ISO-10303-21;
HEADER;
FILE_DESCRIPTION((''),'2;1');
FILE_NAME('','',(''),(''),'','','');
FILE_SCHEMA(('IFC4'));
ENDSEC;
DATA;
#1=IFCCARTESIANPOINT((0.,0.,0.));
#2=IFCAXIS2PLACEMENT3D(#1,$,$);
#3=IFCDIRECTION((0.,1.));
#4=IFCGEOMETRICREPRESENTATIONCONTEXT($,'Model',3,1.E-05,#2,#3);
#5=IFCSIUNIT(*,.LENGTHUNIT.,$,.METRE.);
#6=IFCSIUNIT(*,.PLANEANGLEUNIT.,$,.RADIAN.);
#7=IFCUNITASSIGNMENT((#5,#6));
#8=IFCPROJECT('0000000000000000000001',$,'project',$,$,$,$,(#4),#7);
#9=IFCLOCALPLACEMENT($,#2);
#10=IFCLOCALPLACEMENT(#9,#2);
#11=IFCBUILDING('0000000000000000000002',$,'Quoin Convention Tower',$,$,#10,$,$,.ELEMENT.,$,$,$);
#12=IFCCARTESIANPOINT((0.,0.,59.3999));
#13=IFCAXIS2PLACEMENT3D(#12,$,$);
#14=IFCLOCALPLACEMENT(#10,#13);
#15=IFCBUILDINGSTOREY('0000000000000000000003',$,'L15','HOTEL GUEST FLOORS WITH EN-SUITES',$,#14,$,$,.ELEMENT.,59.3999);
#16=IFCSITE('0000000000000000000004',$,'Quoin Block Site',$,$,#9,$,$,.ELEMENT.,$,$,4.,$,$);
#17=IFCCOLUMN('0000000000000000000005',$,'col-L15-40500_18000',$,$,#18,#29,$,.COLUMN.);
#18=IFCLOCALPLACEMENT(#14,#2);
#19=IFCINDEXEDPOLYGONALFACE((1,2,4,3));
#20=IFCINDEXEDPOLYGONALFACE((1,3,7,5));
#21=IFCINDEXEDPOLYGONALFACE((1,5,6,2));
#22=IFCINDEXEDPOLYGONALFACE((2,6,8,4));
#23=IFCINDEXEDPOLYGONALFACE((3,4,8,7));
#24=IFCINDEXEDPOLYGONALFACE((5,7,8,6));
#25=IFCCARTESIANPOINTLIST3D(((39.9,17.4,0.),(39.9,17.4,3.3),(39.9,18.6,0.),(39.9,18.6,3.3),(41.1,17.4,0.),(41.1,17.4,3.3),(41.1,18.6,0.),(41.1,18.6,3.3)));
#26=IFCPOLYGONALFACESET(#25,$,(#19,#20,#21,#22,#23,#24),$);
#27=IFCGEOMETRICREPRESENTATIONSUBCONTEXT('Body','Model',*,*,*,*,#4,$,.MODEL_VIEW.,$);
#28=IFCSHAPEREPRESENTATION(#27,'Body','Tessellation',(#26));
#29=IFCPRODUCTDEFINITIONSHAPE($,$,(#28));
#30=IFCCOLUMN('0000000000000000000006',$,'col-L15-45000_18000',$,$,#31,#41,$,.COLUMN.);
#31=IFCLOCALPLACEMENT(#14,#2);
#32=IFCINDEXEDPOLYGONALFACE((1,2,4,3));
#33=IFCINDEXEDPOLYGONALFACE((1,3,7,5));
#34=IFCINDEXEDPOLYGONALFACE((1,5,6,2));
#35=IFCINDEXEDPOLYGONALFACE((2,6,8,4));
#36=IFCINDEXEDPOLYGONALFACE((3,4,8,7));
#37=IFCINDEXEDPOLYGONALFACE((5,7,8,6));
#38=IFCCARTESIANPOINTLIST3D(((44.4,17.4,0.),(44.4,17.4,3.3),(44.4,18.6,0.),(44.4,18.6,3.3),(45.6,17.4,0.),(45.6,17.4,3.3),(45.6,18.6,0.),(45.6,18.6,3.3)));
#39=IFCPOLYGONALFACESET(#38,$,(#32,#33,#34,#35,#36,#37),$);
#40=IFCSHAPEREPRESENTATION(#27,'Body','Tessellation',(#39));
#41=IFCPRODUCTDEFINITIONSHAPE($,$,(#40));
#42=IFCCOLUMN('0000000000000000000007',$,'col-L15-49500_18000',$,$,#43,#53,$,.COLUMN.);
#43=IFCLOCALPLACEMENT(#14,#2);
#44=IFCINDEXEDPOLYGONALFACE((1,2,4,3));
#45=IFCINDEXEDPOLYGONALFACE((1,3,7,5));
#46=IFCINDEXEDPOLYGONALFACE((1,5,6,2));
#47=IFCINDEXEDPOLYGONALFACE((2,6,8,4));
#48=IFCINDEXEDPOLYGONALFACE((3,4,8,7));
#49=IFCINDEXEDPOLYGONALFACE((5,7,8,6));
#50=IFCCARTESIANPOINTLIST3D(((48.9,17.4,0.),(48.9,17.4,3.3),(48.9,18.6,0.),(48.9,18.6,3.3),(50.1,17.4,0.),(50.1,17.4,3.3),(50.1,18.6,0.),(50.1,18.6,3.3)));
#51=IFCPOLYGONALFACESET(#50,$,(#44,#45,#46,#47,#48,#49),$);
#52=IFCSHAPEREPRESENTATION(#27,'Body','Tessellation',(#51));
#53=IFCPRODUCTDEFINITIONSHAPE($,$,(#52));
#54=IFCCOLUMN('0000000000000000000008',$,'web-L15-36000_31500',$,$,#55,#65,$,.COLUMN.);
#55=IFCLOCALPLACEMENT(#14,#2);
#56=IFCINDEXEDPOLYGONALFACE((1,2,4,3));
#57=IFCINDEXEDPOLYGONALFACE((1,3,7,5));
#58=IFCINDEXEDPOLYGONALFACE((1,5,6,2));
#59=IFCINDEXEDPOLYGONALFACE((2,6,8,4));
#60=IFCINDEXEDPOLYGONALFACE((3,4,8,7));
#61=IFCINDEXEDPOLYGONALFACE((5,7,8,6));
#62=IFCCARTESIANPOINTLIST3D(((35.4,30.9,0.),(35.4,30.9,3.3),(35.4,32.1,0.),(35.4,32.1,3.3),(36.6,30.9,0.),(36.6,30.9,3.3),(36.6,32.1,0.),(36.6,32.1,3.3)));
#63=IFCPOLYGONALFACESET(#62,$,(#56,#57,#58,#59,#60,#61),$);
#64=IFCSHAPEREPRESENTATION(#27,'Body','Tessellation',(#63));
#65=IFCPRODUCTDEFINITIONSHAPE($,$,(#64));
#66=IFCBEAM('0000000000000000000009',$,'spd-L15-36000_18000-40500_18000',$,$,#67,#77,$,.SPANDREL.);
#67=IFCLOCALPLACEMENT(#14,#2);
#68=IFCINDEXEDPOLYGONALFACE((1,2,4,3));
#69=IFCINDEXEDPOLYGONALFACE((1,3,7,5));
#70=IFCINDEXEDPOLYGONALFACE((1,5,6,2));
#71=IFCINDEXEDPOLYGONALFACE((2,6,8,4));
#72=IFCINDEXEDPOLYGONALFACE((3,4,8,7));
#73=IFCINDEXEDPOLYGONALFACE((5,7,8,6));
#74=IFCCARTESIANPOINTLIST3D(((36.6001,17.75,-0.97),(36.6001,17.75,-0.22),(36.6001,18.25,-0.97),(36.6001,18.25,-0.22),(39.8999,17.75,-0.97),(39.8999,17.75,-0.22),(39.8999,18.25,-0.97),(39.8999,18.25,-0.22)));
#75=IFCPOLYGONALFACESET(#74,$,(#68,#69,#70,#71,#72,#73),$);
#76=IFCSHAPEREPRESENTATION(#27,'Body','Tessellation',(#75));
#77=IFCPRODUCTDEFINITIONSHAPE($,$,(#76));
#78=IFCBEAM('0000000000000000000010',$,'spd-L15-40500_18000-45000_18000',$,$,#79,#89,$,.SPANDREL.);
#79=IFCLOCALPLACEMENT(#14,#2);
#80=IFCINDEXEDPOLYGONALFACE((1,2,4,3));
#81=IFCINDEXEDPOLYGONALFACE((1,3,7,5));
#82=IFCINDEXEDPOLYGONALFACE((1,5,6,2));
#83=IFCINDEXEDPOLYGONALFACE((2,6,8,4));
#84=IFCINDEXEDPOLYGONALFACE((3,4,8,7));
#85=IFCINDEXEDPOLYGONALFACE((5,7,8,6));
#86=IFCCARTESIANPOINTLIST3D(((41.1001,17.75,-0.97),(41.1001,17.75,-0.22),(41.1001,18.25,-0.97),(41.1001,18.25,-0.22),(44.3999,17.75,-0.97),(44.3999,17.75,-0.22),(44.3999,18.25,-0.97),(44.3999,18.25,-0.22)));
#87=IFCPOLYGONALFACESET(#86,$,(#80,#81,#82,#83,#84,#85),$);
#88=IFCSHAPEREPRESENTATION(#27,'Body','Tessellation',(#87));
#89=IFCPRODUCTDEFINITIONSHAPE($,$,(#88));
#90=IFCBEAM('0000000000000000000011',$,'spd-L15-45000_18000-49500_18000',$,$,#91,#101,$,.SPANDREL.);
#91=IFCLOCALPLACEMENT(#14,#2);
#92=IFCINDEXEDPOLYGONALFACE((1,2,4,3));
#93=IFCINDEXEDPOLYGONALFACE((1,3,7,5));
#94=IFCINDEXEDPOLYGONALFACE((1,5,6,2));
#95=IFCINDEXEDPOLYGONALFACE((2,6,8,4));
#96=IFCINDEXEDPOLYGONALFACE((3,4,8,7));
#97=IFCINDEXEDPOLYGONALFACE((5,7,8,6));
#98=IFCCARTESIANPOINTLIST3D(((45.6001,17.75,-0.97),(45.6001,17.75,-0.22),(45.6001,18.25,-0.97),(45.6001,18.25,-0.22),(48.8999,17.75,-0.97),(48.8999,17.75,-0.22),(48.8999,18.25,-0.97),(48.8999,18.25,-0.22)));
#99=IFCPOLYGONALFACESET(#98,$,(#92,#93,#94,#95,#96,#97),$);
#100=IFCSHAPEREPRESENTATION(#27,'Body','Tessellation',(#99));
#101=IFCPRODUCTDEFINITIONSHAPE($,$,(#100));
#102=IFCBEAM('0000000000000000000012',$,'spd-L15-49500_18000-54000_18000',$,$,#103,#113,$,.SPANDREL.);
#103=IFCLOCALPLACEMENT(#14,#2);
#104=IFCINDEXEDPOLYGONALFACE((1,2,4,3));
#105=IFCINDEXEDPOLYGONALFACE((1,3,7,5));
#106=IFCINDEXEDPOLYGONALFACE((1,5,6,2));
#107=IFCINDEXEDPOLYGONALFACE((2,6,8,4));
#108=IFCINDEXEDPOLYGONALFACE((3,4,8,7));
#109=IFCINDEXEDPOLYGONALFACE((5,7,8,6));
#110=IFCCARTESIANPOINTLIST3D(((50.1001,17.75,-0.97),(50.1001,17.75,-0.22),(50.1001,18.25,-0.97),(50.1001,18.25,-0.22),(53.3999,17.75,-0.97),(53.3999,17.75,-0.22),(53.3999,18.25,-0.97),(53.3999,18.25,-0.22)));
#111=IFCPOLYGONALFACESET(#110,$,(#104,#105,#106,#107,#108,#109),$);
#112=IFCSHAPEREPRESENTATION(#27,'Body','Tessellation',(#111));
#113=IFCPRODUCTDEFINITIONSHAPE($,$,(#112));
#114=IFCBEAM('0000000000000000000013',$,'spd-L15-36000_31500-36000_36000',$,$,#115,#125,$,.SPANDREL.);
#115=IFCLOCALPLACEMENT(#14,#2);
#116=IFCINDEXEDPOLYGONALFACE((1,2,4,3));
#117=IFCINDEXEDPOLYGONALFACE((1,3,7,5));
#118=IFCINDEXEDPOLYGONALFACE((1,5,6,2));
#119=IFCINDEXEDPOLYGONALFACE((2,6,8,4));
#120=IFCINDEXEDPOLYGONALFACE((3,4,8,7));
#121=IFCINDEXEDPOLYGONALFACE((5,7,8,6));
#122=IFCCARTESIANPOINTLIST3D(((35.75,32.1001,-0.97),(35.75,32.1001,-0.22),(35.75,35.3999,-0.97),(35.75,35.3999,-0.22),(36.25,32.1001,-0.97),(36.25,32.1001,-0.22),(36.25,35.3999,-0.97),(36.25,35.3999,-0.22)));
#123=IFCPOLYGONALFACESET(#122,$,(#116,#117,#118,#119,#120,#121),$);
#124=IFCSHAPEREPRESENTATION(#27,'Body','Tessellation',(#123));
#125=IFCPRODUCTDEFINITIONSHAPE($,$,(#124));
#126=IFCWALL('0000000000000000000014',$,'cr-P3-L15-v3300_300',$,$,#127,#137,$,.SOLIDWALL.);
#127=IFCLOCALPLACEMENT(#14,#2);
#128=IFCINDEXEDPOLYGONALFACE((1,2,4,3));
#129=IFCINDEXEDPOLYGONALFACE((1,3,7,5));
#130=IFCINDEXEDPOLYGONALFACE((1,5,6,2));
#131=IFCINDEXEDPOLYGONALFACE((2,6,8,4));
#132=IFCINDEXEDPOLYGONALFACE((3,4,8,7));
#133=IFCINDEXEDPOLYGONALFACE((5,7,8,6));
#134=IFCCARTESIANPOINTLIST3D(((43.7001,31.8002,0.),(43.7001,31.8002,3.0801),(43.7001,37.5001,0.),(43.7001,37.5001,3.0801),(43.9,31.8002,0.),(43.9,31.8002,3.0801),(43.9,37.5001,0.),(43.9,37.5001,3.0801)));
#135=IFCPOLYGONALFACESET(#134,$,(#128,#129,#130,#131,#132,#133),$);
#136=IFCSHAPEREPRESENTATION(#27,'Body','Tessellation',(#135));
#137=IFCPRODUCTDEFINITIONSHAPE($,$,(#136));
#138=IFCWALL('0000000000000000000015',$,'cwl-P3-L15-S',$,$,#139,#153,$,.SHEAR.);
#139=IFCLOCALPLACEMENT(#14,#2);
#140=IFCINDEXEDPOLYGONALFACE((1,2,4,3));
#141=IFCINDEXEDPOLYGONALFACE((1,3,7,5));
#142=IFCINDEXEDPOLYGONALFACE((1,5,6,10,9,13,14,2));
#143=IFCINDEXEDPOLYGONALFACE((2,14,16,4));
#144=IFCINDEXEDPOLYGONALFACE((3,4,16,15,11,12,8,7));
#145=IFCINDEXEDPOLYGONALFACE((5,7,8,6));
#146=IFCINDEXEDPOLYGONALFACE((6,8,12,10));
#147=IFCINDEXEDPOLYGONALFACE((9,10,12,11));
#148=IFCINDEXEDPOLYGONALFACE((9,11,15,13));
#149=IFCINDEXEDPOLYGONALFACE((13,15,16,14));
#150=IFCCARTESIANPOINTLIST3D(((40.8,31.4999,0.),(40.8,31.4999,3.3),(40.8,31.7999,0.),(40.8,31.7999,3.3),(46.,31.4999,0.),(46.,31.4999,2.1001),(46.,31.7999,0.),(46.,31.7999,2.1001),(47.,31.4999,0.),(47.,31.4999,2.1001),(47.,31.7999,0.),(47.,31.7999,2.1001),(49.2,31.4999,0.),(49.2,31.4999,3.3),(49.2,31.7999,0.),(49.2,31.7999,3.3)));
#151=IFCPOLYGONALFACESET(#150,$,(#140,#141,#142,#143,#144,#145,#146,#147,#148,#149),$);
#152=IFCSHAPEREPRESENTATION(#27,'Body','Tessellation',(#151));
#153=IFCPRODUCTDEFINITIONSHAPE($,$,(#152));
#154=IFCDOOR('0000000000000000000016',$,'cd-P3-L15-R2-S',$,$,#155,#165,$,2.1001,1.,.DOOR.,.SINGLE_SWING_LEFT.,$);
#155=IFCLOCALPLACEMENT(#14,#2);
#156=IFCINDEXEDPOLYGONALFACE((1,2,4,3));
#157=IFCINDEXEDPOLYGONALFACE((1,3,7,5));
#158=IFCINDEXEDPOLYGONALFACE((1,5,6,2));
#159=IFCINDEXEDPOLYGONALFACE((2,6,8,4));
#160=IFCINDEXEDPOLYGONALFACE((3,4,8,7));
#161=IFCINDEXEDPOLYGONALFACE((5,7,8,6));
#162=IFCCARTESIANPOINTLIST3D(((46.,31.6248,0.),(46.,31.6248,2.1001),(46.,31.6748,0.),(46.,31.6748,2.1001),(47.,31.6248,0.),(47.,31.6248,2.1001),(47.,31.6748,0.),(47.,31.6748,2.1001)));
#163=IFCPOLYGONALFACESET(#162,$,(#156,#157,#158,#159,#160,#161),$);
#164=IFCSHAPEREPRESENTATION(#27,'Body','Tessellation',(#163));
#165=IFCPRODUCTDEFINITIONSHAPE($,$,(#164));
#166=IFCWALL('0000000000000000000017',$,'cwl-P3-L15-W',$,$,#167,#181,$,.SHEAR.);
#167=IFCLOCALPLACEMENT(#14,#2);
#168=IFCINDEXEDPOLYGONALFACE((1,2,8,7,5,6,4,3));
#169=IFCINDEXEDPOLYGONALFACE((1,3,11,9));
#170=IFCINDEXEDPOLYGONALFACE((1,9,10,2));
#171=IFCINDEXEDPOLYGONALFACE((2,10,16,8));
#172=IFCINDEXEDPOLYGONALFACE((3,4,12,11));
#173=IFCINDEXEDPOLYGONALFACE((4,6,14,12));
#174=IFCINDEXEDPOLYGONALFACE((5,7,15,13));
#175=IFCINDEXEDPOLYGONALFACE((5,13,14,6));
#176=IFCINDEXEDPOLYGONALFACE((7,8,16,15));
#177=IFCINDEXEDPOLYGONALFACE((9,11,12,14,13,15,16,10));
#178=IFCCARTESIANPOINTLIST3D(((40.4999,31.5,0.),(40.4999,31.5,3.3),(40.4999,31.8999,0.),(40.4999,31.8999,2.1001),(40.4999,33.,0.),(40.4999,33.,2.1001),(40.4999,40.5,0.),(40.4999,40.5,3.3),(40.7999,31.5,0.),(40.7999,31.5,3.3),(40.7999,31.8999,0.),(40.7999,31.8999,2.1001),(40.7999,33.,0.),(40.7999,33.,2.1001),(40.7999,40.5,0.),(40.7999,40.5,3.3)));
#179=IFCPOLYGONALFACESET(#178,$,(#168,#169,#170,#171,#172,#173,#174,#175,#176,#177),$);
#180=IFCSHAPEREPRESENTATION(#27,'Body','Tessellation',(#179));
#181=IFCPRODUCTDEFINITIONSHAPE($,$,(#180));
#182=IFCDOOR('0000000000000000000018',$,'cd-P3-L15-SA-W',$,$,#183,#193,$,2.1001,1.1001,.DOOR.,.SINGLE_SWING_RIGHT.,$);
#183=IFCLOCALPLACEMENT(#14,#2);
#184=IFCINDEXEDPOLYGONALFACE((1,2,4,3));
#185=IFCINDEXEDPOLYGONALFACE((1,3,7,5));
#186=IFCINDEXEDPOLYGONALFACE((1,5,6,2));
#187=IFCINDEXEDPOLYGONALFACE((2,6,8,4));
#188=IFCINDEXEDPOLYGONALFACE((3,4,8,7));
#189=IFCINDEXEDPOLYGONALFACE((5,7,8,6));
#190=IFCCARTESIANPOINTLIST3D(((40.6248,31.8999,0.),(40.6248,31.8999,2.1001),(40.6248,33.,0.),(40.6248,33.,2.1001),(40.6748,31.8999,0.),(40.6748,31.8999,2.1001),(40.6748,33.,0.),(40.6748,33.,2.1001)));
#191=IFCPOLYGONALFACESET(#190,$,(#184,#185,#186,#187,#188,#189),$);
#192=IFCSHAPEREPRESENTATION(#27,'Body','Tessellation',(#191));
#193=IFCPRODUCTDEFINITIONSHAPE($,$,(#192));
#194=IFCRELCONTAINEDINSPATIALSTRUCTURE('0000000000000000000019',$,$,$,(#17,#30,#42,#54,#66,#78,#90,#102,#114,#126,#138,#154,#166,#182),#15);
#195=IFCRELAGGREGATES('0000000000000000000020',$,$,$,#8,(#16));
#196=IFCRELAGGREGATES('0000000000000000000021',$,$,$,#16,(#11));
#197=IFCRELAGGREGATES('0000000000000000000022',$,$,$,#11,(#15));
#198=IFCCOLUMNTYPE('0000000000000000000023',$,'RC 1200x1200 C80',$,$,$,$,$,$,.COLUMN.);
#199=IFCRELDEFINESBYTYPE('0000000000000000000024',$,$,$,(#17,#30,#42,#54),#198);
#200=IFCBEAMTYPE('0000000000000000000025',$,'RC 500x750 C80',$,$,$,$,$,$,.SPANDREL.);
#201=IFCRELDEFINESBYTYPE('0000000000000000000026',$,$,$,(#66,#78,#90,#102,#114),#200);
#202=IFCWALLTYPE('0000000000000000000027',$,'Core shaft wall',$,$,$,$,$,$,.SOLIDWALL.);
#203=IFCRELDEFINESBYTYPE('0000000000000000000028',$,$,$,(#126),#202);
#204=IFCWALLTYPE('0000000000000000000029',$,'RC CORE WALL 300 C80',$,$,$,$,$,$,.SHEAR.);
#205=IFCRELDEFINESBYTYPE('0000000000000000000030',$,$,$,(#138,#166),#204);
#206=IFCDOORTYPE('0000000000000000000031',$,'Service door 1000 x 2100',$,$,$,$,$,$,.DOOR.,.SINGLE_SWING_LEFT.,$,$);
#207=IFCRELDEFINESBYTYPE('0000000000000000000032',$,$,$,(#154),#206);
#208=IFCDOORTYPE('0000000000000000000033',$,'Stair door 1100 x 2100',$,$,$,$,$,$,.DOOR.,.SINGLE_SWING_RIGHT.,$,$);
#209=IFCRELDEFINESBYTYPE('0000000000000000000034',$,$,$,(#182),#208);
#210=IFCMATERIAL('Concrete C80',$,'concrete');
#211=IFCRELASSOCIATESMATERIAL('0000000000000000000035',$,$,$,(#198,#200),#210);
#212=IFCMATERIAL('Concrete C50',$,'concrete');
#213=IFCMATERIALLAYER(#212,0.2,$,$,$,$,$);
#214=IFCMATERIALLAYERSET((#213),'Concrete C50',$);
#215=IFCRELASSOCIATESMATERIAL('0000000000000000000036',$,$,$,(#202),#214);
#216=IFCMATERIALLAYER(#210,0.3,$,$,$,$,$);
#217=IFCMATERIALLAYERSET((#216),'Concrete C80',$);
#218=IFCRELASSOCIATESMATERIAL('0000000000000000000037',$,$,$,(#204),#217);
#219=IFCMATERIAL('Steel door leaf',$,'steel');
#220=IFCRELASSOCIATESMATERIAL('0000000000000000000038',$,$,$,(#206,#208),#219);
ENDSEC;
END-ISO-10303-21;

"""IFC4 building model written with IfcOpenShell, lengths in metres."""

from ifc_helpers import new_model, si_unit, direction, frame, frame_2d, origin, origin_2d, place, context, subcontext, project, spatial, rectangle, extrude, material, layer, layer_set, material_profile, profile_set, type_object, element, fill, save


model = new_model("IFC4")

# Units and contexts
model_context = context("Model", 3, precision=1e-05, world=origin(), true_north=direction((0.0, 1.0)))
body_context = subcontext(model_context, "Body", "Model", "MODEL_VIEW")
ifc_project = project(units=[si_unit("LENGTHUNIT", "METRE"), si_unit("PLANEANGLEUNIT", "RADIAN")], contexts=[model_context])

# Site, building, storey
site_placement = place(None, origin())
site = spatial("IfcSite", under=ifc_project, at=site_placement, Name="Quoin Block Site", CompositionType="ELEMENT", RefElevation=4.0)
building_placement = place(site_placement, origin())
building = spatial("IfcBuilding", under=site, at=building_placement, Name="Quoin Convention Tower", CompositionType="ELEMENT")
storey_placement = place(building_placement, frame((0.0, 0.0, 59.3999)))
storey = spatial("IfcBuildingStorey", under=building, at=storey_placement, Name="L15", Description="HOTEL GUEST FLOORS WITH EN-SUITES", CompositionType="ELEMENT", Elevation=59.3999)

# Columns
ifc_material_1 = material(Name="Concrete C80", Category="concrete")
ifc_material_profile_1 = material_profile(ifc_material_1, rectangle(XDim=1.2, YDim=1.2, at=origin_2d()), Name="RC 1200x1200")
ifc_profile_set_1 = profile_set([ifc_material_profile_1], Name="Concrete C80")
column_type = type_object("IfcColumnType", Name="RC 1200x1200 C80", PredefinedType="COLUMN", material=ifc_profile_set_1)
for number, where, z_axis, x_axis, name in (
    (1, (40.5, 18.0, 0.0), (0.0, 0.0, 1.0), (1.0, 0.0, 0.0), "col-L15-40500_18000"),
    (2, (45.0, 18.0, 0.0), (0.0, 0.0, 1.0), (1.0, 0.0, 0.0), "col-L15-45000_18000"),
    (3, (49.5, 18.0, 0.0), (0.0, 0.0, 1.0), (1.0, 0.0, 0.0), "col-L15-49500_18000"),
    (4, (36.0, 31.5, 0.0), (0.0, 0.0, 1.0), (1.0, 0.0, 0.0), "web-L15-36000_31500"),
):
    element("IfcColumn", number, at=place(storey_placement, frame(where, z_axis=z_axis, x_axis=x_axis)), inside=storey, type_object=column_type, Name=name, PredefinedType="COLUMN", context=body_context, shape_type="SweptSolid", body=[
        extrude(rectangle(XDim=1.2, YDim=1.2, at=origin_2d()), origin(), (0.0, 0.0, 1.0), 3.3),
    ])

# Beams
ifc_material_profile_2 = material_profile(ifc_material_1, rectangle(XDim=0.5, YDim=0.75, at=origin_2d()), Name="RC 500x750")
ifc_profile_set_2 = profile_set([ifc_material_profile_2], Name="Concrete C80")
beam_type = type_object("IfcBeamType", Name="RC 500x750 C80", PredefinedType="SPANDREL", material=ifc_profile_set_2)
for number, where, z_axis, x_axis, name in (
    (5, (36.6001, 18.0, -0.595), (1.0, 0.0, 0.0), (0.0, 1.0, 0.0), "spd-L15-36000_18000-40500_18000"),
    (6, (41.1001, 18.0, -0.595), (1.0, 0.0, 0.0), (0.0, 1.0, 0.0), "spd-L15-40500_18000-45000_18000"),
    (7, (45.6001, 18.0, -0.595), (1.0, 0.0, 0.0), (0.0, 1.0, 0.0), "spd-L15-45000_18000-49500_18000"),
    (8, (50.1001, 18.0, -0.595), (1.0, 0.0, 0.0), (0.0, 1.0, 0.0), "spd-L15-49500_18000-54000_18000"),
    (9, (36.0, 32.1001, -0.595), (0.0, 1.0, 0.0), (-1.0, 0.0, 0.0), "spd-L15-36000_31500-36000_36000"),
):
    element("IfcBeam", number, at=place(storey_placement, frame(where, z_axis=z_axis, x_axis=x_axis)), inside=storey, type_object=beam_type, Name=name, PredefinedType="SPANDREL", context=body_context, shape_type="SweptSolid", body=[
        extrude(rectangle(XDim=0.5, YDim=0.75, at=origin_2d()), origin(), (0.0, 0.0, 1.0), 3.2998),
    ])

# Wall
ifc_material_2 = material(Name="Concrete C50", Category="concrete")
ifc_layer_1 = layer(ifc_material_2, 0.2)
ifc_layer_set_1 = layer_set([ifc_layer_1], Name="Concrete C50")
wall_type_1 = type_object("IfcWallType", Name="Core shaft wall", PredefinedType="SOLIDWALL", material=ifc_layer_set_1)
wall_1_placement = place(storey_placement, frame((43.8, 31.8, 0.0), z_axis=(0.0, 0.0, 1.0), x_axis=(0.0, 1.0, 0.0)))
element("IfcWall", 10, at=wall_1_placement, inside=storey, type_object=wall_type_1, Name="cr-P3-L15-v3300_300", PredefinedType="SOLIDWALL", context=body_context, shape_type="SweptSolid", body=[
    extrude(rectangle(XDim=5.7, YDim=0.2, at=frame_2d((2.8501, 0.0))), origin(), (0.0, 0.0, 1.0), 3.0801),
])

# Walls, openings, doors
ifc_layer_2 = layer(ifc_material_1, 0.3)
ifc_layer_set_2 = layer_set([ifc_layer_2], Name="Concrete C80")
wall_type_2 = type_object("IfcWallType", Name="RC CORE WALL 300 C80", PredefinedType="SHEAR", material=ifc_layer_set_2)
wall_2_placement = place(storey_placement, frame((40.8, 31.6499, 0.0), z_axis=(0.0, 0.0, 1.0), x_axis=(1.0, 0.0, 0.0)))
wall_2 = element("IfcWall", 11, at=wall_2_placement, inside=storey, type_object=wall_type_2, Name="cwl-P3-L15-S", PredefinedType="SHEAR", context=body_context, shape_type="SweptSolid", body=[
    extrude(rectangle(XDim=8.3999, YDim=0.3, at=frame_2d((4.2, 0.0))), origin(), (0.0, 0.0, 1.0), 3.3),
])
opening_1_placement = place(wall_2_placement, frame((5.2, 0.0, 0.0)))
opening_1 = element("IfcOpeningElement", 12, at=opening_1_placement, cuts=wall_2, PredefinedType="OPENING", context=body_context, shape_type="SweptSolid", body=[
    extrude(rectangle(XDim=1.0, YDim=2.1001, at=frame_2d((0.5, 1.05))), frame((0.0, 0.1599, 0.0), z_axis=(0.0, -1.0, 0.0), x_axis=(1.0, 0.0, 0.0)), (0.0, 0.0, 1.0), 0.3201),
])
ifc_material_3 = material(Name="Steel door leaf", Category="steel")
door_type_1 = type_object("IfcDoorType", Name="Service door 1000 x 2100", OperationType="SINGLE_SWING_LEFT", PredefinedType="DOOR", material=ifc_material_3)
door_1_placement = place(opening_1_placement, origin())
door_1 = element("IfcDoor", 13, at=door_1_placement, inside=storey, type_object=door_type_1, Name="cd-P3-L15-R2-S", OperationType="SINGLE_SWING_LEFT", OverallHeight=2.1001, OverallWidth=1.0, PredefinedType="DOOR", context=body_context, shape_type="SweptSolid", body=[
    extrude(rectangle(XDim=1.0, YDim=2.1001, at=frame_2d((0.5, 1.05))), frame((0.0, 0.0249, 0.0), z_axis=(0.0, -1.0, 0.0), x_axis=(1.0, 0.0, 0.0)), (0.0, 0.0, 1.0), 0.05),
])
fill(opening_1, door_1)
wall_3_placement = place(storey_placement, frame((40.6499, 31.5, 0.0), z_axis=(0.0, 0.0, 1.0), x_axis=(0.0, 1.0, 0.0)))
wall_3 = element("IfcWall", 14, at=wall_3_placement, inside=storey, type_object=wall_type_2, Name="cwl-P3-L15-W", PredefinedType="SHEAR", context=body_context, shape_type="SweptSolid", body=[
    extrude(rectangle(XDim=9.0, YDim=0.3, at=frame_2d((4.5, 0.0))), origin(), (0.0, 0.0, 1.0), 3.3),
])
opening_2_placement = place(wall_3_placement, frame((0.3999, 0.0, 0.0)))
opening_2 = element("IfcOpeningElement", 15, at=opening_2_placement, cuts=wall_3, PredefinedType="OPENING", context=body_context, shape_type="SweptSolid", body=[
    extrude(rectangle(XDim=1.1001, YDim=2.1001, at=frame_2d((0.55, 1.05))), frame((0.0, 0.1599, 0.0), z_axis=(0.0, -1.0, 0.0), x_axis=(1.0, 0.0, 0.0)), (0.0, 0.0, 1.0), 0.3201),
])
door_type_2 = type_object("IfcDoorType", Name="Stair door 1100 x 2100", OperationType="SINGLE_SWING_RIGHT", PredefinedType="DOOR", material=ifc_material_3)
door_2_placement = place(opening_2_placement, frame((1.1001, 0.0, 0.0), z_axis=(0.0, 0.0, 1.0), x_axis=(-1.0, 0.0, 0.0)))
door_2 = element("IfcDoor", 16, at=door_2_placement, inside=storey, type_object=door_type_2, Name="cd-P3-L15-SA-W", OperationType="SINGLE_SWING_RIGHT", OverallHeight=2.1001, OverallWidth=1.1001, PredefinedType="DOOR", context=body_context, shape_type="SweptSolid", body=[
    extrude(rectangle(XDim=1.1001, YDim=2.1001, at=frame_2d((0.55, 1.05))), frame((0.0, 0.0249, 0.0), z_axis=(0.0, -1.0, 0.0), x_axis=(1.0, 0.0, 0.0)), (0.0, 0.0, 1.0), 0.05),
])
fill(opening_2, door_2)

save(model, "model.ifc")
